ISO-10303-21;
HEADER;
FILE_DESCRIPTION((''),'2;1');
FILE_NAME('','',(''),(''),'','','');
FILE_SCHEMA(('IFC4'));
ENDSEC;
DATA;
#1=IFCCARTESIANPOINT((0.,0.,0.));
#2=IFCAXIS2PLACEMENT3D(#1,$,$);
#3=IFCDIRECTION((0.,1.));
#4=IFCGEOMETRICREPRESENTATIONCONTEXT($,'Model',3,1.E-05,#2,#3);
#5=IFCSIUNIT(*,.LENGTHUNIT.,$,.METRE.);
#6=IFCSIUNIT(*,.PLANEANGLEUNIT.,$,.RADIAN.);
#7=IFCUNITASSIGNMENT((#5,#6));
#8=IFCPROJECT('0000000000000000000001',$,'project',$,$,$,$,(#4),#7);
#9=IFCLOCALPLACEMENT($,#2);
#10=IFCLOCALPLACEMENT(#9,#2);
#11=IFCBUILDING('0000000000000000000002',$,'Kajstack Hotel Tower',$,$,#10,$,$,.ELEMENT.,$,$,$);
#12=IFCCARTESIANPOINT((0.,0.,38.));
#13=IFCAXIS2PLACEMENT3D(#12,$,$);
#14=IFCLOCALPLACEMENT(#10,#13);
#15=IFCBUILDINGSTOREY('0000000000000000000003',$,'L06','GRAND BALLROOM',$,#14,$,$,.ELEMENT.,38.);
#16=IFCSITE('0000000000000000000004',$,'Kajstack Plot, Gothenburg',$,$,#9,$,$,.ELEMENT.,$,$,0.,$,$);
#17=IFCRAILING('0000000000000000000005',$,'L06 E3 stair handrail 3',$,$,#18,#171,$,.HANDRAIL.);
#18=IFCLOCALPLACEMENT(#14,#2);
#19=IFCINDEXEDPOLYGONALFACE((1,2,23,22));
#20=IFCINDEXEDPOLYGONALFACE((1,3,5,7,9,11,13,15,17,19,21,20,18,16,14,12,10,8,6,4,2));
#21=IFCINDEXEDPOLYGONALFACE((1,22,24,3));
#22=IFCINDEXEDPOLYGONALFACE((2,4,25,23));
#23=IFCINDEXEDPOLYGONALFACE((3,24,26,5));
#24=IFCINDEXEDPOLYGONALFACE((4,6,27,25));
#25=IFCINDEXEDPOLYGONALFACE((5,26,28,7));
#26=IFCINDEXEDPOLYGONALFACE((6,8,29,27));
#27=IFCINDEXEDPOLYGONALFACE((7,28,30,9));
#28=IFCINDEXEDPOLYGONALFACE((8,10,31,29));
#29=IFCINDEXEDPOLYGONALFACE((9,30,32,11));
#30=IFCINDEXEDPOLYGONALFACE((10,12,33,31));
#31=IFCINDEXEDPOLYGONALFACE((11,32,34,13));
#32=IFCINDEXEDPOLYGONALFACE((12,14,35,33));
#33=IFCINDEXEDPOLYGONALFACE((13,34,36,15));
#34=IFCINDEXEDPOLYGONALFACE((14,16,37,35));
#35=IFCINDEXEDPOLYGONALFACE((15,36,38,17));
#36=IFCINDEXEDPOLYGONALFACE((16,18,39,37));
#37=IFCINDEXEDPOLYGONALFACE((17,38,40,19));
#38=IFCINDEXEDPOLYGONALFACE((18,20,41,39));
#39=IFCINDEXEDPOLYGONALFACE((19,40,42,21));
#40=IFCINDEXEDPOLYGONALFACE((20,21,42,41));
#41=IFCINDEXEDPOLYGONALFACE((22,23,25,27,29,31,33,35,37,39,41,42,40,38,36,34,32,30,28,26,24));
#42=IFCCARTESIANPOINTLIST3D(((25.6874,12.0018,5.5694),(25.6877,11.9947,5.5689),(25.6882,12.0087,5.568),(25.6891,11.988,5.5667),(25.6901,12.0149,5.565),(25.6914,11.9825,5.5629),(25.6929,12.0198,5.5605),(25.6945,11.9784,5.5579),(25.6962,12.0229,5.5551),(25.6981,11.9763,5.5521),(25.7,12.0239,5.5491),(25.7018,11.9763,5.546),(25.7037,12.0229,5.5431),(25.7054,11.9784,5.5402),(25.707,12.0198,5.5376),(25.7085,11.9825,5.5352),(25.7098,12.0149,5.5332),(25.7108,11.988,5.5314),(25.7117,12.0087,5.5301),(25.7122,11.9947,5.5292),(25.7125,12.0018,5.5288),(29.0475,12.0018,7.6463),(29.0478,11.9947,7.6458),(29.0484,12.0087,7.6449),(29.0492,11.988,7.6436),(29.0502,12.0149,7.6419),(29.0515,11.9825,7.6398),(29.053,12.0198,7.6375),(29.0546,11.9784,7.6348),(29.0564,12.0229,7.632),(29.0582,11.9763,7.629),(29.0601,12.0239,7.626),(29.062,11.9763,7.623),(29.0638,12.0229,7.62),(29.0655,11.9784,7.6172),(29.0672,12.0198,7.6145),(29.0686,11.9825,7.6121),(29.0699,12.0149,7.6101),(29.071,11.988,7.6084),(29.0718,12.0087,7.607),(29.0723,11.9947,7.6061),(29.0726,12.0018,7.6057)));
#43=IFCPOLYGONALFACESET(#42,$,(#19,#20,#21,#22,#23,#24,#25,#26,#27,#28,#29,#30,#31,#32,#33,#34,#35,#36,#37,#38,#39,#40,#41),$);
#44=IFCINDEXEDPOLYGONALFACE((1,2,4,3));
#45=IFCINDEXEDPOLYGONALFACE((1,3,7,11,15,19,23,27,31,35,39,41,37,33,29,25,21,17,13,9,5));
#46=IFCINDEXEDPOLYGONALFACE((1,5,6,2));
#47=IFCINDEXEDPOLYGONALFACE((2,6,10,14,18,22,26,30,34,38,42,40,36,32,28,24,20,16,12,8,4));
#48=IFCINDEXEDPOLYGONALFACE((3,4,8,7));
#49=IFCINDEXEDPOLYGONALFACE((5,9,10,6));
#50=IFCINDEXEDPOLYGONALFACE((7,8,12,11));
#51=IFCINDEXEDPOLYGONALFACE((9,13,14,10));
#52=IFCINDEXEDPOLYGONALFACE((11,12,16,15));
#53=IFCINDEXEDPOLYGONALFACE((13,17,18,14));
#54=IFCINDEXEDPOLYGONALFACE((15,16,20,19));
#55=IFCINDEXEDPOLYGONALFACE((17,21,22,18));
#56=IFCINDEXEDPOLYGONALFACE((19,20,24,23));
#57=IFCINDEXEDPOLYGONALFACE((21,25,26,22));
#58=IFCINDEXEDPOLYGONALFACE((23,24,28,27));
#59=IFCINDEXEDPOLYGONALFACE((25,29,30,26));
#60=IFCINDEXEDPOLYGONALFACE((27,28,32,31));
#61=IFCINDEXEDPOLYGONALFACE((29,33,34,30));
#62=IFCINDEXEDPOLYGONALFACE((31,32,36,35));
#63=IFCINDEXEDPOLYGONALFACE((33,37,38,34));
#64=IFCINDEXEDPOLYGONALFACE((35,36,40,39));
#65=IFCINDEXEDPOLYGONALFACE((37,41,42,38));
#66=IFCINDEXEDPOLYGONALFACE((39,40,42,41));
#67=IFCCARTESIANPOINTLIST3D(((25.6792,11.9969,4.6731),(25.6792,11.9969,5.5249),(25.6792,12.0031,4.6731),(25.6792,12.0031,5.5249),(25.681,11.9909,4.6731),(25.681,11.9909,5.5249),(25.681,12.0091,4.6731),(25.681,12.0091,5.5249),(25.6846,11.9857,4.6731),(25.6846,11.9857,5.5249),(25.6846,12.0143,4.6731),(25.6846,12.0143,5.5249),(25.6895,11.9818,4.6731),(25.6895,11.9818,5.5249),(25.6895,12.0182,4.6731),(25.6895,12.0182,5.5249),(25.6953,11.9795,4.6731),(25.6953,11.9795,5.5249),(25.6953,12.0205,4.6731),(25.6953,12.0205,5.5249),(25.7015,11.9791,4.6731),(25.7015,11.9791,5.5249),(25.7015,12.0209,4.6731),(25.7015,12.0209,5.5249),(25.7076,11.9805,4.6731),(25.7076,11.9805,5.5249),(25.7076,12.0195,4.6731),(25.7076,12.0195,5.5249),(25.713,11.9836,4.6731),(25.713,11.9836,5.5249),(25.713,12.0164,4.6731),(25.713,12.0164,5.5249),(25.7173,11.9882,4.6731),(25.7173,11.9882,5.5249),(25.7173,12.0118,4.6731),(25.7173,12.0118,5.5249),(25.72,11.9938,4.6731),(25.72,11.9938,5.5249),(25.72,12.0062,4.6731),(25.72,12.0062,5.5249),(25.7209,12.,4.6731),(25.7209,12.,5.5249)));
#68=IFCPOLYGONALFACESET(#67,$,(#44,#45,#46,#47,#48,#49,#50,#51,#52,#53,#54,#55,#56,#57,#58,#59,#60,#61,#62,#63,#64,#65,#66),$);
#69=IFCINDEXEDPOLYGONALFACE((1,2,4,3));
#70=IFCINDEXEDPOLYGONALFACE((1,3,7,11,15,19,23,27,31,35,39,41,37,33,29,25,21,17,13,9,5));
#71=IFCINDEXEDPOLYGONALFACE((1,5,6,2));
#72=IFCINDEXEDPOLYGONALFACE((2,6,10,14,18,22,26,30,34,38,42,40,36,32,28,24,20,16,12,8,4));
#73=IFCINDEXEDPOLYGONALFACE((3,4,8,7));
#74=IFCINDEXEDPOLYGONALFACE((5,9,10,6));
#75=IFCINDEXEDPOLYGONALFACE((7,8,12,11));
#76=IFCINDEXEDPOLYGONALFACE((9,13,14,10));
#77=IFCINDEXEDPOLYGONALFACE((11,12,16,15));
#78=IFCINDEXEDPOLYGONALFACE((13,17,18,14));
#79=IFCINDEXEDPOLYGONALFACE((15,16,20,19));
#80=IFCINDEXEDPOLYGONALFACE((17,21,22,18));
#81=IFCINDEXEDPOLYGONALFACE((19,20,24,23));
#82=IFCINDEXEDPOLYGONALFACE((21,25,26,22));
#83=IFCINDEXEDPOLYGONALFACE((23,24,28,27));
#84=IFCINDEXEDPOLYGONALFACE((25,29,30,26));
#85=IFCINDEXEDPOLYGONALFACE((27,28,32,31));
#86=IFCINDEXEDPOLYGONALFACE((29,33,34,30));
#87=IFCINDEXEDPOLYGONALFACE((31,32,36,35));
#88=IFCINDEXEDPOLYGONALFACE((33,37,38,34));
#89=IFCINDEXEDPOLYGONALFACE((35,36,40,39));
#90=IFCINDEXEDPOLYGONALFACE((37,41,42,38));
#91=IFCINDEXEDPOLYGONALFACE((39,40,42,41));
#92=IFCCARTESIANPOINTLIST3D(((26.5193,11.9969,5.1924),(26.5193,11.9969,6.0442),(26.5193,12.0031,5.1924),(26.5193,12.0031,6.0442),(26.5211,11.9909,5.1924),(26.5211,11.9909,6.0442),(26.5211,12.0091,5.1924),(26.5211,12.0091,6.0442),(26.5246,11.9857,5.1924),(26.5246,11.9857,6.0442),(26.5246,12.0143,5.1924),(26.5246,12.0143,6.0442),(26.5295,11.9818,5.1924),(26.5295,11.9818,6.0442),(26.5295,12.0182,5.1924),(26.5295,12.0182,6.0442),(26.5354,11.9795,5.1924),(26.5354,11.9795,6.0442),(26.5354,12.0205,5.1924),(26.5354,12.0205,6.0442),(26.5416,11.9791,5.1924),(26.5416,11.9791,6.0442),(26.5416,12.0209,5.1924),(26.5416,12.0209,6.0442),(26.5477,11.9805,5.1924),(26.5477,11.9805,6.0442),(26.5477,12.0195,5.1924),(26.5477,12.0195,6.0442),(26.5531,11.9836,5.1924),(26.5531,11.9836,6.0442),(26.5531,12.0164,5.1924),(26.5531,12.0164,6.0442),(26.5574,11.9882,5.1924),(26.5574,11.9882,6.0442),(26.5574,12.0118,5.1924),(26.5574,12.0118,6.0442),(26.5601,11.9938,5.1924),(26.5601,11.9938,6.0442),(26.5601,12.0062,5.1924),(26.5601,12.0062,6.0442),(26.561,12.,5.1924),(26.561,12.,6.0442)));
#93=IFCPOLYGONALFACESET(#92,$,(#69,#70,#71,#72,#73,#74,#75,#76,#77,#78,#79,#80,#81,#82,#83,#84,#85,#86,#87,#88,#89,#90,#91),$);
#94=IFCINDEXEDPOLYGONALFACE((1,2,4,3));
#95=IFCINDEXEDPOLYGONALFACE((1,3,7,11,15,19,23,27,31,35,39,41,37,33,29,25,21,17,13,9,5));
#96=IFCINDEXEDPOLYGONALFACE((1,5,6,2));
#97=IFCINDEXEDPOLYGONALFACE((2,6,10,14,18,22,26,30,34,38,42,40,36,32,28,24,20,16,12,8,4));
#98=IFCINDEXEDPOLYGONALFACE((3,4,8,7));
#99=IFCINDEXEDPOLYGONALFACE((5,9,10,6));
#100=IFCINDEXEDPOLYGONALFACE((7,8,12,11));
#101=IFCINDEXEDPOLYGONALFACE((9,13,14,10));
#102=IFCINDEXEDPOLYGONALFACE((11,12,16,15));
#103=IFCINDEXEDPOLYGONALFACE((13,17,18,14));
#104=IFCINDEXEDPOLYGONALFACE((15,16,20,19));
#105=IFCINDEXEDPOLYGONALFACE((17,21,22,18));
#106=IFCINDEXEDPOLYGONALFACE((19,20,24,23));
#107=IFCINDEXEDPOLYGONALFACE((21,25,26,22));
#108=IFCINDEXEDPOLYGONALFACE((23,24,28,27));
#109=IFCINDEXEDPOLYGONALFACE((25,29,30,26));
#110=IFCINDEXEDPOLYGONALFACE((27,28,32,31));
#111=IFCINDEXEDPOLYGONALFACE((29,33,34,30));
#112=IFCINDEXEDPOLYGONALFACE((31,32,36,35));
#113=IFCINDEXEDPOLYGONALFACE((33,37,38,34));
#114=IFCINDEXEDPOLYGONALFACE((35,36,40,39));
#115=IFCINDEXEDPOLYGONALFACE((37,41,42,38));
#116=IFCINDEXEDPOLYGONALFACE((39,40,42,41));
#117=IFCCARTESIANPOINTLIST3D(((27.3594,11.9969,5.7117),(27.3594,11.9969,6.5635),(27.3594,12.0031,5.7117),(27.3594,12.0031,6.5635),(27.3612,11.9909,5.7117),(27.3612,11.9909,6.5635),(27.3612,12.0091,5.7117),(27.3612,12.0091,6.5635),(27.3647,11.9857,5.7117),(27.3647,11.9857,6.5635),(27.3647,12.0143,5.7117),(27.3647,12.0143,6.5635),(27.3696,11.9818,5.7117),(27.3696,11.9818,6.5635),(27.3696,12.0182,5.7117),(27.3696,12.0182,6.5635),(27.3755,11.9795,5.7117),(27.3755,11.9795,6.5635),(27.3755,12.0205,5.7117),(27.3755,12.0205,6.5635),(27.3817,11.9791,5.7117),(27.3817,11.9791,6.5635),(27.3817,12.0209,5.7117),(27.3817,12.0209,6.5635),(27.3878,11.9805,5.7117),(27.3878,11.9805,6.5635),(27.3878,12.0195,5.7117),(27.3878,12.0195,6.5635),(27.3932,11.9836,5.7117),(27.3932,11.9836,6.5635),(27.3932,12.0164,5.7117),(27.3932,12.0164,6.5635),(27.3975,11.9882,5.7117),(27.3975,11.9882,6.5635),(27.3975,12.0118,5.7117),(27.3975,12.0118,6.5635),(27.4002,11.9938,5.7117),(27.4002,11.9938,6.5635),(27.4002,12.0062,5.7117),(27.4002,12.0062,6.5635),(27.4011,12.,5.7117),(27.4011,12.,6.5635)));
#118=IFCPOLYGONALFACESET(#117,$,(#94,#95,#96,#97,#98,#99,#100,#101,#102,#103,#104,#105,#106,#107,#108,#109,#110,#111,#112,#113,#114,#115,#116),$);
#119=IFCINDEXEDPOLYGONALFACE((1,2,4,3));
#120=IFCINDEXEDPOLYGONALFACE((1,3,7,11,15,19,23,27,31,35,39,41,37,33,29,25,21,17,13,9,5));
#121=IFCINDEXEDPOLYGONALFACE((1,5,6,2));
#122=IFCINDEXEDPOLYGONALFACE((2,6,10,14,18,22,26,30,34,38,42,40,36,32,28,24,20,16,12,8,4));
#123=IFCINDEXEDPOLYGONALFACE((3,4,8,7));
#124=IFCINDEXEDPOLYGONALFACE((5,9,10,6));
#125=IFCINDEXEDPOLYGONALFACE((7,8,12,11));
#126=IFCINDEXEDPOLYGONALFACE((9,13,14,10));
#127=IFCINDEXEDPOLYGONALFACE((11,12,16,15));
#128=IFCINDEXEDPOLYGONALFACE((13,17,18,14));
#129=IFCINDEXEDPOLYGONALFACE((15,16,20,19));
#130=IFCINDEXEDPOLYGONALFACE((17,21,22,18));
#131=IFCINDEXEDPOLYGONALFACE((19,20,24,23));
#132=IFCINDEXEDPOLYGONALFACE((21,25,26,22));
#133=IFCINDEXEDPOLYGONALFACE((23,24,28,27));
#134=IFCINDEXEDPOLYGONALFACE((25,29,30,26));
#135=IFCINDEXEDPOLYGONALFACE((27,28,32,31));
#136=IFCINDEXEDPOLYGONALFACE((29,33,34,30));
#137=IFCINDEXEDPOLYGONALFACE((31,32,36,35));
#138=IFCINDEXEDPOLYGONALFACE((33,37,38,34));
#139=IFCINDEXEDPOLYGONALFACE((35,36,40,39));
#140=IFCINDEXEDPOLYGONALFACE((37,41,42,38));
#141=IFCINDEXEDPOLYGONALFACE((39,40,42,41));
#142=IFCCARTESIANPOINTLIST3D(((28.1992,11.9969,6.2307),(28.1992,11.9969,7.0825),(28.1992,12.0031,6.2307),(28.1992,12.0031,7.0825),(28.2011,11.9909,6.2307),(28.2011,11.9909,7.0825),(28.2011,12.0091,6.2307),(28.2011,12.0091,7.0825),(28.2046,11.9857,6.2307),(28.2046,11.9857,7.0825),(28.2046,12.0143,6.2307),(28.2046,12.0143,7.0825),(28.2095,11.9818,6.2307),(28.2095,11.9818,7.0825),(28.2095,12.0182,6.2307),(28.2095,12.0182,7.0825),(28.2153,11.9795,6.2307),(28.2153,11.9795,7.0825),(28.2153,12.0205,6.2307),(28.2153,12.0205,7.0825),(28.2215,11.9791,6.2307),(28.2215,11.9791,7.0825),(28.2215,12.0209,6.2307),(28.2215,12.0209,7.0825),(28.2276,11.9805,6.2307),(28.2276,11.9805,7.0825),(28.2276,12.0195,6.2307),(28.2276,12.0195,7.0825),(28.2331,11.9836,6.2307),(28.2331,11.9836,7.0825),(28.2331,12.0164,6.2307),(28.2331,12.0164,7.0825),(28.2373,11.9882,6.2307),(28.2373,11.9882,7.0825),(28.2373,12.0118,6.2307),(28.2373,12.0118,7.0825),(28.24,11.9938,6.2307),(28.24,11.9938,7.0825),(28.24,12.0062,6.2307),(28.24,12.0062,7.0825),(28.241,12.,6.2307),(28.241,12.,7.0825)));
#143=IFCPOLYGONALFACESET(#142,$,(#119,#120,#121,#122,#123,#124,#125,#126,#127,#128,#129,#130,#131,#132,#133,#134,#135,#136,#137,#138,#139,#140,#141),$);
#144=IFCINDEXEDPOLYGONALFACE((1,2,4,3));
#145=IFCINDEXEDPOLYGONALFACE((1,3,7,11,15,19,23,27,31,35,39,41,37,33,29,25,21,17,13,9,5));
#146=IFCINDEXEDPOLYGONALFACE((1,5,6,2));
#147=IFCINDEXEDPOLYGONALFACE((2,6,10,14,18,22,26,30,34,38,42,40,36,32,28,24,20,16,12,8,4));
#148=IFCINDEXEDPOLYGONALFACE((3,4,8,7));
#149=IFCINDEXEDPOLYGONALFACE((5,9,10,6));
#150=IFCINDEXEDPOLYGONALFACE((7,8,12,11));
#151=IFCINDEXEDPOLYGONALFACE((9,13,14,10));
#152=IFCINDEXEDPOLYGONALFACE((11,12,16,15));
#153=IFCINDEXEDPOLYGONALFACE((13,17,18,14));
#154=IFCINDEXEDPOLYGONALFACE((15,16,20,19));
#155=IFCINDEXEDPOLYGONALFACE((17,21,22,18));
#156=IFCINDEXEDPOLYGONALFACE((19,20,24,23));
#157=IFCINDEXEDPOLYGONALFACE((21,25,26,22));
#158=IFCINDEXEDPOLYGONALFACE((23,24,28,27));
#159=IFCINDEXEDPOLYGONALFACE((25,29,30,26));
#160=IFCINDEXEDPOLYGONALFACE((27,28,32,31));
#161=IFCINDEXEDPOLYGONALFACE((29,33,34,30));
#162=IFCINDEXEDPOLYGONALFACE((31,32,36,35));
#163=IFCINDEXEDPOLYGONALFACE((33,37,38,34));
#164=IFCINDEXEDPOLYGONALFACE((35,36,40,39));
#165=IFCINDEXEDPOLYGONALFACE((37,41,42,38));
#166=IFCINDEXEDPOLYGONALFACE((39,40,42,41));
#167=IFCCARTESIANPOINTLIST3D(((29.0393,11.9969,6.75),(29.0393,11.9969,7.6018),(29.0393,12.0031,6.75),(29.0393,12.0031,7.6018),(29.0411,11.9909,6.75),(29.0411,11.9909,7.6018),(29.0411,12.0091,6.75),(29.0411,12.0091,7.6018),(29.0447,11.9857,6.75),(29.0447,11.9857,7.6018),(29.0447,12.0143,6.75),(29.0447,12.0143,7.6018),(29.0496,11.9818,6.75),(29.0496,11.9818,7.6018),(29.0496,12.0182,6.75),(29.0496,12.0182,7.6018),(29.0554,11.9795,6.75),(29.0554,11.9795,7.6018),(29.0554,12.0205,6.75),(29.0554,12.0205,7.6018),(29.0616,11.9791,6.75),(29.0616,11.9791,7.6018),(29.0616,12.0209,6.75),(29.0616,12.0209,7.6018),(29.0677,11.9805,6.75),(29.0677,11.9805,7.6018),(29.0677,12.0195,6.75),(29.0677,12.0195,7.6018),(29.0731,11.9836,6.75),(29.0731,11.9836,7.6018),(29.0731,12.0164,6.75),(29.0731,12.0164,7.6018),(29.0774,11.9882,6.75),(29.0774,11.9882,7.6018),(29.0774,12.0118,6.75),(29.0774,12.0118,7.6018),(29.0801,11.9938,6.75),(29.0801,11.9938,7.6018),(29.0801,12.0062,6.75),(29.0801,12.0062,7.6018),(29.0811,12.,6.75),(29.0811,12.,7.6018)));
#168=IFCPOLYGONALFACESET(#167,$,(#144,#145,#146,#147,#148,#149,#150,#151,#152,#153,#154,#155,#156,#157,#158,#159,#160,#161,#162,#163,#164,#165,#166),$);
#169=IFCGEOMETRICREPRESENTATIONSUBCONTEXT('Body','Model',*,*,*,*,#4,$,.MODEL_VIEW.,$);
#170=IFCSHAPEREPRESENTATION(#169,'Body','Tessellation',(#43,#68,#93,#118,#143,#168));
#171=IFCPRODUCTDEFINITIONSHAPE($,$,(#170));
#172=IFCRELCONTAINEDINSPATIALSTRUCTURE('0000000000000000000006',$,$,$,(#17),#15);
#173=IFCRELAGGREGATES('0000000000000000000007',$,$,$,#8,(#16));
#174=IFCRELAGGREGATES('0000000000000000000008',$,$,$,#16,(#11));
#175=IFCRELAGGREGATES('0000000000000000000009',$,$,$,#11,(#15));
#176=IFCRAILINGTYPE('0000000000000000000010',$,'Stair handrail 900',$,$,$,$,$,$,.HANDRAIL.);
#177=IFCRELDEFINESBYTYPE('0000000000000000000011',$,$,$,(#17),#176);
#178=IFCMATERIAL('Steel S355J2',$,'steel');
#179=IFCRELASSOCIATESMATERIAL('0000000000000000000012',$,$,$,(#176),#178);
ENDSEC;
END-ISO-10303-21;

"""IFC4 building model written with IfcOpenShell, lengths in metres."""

from ifc_helpers import new_model, si_unit, direction, frame, origin, origin_2d, place, context, subcontext, project, spatial, circle, extrude, material, type_object, element, save


model = new_model("IFC4")

# Units and contexts
model_context = context("Model", 3, precision=1e-05, world=origin(), true_north=direction((0.0, 1.0)))
body_context = subcontext(model_context, "Body", "Model", "MODEL_VIEW")
ifc_project = project(units=[si_unit("LENGTHUNIT", "METRE"), si_unit("PLANEANGLEUNIT", "RADIAN")], contexts=[model_context])

# Site, building, storey
site_placement = place(None, origin())
site = spatial("IfcSite", under=ifc_project, at=site_placement, Name="Kajstack Plot, Gothenburg", CompositionType="ELEMENT", RefElevation=0.0)
building_placement = place(site_placement, origin())
building = spatial("IfcBuilding", under=site, at=building_placement, Name="Kajstack Hotel Tower", CompositionType="ELEMENT")
storey_placement = place(building_placement, frame((0.0, 0.0, 38.0)))
storey = spatial("IfcBuildingStorey", under=building, at=storey_placement, Name="L06", Description="GRAND BALLROOM", CompositionType="ELEMENT", Elevation=38.0)

# Railing
ifc_material_1 = material(Name="Steel S355J2", Category="steel")
railing_type_1 = type_object("IfcRailingType", Name="Stair handrail 900", PredefinedType="HANDRAIL", material=ifc_material_1)
railing_1_placement = place(storey_placement, frame((25.7, 12.0, 4.6731)))
element("IfcRailing", 1, at=railing_1_placement, inside=storey, type_object=railing_type_1, Name="L06 E3 stair handrail 3", PredefinedType="HANDRAIL", context=body_context, shape_type="SweptSolid", body=[
    extrude(circle(Radius=0.0239, at=origin_2d()), frame((0.0, 0.0, 0.876), z_axis=(0.850623, 0.0, 0.525776), x_axis=(0.0, 1.0, 0.0)), (0.0, 0.0, 1.0), 3.9502),
    extrude(circle(Radius=0.021, at=origin_2d()), origin(), (0.0, 0.0, 1.0), 0.8518),
    extrude(circle(Radius=0.021, at=origin_2d()), frame((0.8401, 0.0, 0.5193)), (0.0, 0.0, 1.0), 0.8518),
    extrude(circle(Radius=0.021, at=origin_2d()), frame((1.6802, 0.0, 1.0386)), (0.0, 0.0, 1.0), 0.8518),
    extrude(circle(Radius=0.021, at=origin_2d()), frame((2.52, 0.0, 1.5576)), (0.0, 0.0, 1.0), 0.8518),
    extrude(circle(Radius=0.021, at=origin_2d()), frame((3.3601, 0.0, 2.0769)), (0.0, 0.0, 1.0), 0.8518),
])

save(model, "model.ifc")
